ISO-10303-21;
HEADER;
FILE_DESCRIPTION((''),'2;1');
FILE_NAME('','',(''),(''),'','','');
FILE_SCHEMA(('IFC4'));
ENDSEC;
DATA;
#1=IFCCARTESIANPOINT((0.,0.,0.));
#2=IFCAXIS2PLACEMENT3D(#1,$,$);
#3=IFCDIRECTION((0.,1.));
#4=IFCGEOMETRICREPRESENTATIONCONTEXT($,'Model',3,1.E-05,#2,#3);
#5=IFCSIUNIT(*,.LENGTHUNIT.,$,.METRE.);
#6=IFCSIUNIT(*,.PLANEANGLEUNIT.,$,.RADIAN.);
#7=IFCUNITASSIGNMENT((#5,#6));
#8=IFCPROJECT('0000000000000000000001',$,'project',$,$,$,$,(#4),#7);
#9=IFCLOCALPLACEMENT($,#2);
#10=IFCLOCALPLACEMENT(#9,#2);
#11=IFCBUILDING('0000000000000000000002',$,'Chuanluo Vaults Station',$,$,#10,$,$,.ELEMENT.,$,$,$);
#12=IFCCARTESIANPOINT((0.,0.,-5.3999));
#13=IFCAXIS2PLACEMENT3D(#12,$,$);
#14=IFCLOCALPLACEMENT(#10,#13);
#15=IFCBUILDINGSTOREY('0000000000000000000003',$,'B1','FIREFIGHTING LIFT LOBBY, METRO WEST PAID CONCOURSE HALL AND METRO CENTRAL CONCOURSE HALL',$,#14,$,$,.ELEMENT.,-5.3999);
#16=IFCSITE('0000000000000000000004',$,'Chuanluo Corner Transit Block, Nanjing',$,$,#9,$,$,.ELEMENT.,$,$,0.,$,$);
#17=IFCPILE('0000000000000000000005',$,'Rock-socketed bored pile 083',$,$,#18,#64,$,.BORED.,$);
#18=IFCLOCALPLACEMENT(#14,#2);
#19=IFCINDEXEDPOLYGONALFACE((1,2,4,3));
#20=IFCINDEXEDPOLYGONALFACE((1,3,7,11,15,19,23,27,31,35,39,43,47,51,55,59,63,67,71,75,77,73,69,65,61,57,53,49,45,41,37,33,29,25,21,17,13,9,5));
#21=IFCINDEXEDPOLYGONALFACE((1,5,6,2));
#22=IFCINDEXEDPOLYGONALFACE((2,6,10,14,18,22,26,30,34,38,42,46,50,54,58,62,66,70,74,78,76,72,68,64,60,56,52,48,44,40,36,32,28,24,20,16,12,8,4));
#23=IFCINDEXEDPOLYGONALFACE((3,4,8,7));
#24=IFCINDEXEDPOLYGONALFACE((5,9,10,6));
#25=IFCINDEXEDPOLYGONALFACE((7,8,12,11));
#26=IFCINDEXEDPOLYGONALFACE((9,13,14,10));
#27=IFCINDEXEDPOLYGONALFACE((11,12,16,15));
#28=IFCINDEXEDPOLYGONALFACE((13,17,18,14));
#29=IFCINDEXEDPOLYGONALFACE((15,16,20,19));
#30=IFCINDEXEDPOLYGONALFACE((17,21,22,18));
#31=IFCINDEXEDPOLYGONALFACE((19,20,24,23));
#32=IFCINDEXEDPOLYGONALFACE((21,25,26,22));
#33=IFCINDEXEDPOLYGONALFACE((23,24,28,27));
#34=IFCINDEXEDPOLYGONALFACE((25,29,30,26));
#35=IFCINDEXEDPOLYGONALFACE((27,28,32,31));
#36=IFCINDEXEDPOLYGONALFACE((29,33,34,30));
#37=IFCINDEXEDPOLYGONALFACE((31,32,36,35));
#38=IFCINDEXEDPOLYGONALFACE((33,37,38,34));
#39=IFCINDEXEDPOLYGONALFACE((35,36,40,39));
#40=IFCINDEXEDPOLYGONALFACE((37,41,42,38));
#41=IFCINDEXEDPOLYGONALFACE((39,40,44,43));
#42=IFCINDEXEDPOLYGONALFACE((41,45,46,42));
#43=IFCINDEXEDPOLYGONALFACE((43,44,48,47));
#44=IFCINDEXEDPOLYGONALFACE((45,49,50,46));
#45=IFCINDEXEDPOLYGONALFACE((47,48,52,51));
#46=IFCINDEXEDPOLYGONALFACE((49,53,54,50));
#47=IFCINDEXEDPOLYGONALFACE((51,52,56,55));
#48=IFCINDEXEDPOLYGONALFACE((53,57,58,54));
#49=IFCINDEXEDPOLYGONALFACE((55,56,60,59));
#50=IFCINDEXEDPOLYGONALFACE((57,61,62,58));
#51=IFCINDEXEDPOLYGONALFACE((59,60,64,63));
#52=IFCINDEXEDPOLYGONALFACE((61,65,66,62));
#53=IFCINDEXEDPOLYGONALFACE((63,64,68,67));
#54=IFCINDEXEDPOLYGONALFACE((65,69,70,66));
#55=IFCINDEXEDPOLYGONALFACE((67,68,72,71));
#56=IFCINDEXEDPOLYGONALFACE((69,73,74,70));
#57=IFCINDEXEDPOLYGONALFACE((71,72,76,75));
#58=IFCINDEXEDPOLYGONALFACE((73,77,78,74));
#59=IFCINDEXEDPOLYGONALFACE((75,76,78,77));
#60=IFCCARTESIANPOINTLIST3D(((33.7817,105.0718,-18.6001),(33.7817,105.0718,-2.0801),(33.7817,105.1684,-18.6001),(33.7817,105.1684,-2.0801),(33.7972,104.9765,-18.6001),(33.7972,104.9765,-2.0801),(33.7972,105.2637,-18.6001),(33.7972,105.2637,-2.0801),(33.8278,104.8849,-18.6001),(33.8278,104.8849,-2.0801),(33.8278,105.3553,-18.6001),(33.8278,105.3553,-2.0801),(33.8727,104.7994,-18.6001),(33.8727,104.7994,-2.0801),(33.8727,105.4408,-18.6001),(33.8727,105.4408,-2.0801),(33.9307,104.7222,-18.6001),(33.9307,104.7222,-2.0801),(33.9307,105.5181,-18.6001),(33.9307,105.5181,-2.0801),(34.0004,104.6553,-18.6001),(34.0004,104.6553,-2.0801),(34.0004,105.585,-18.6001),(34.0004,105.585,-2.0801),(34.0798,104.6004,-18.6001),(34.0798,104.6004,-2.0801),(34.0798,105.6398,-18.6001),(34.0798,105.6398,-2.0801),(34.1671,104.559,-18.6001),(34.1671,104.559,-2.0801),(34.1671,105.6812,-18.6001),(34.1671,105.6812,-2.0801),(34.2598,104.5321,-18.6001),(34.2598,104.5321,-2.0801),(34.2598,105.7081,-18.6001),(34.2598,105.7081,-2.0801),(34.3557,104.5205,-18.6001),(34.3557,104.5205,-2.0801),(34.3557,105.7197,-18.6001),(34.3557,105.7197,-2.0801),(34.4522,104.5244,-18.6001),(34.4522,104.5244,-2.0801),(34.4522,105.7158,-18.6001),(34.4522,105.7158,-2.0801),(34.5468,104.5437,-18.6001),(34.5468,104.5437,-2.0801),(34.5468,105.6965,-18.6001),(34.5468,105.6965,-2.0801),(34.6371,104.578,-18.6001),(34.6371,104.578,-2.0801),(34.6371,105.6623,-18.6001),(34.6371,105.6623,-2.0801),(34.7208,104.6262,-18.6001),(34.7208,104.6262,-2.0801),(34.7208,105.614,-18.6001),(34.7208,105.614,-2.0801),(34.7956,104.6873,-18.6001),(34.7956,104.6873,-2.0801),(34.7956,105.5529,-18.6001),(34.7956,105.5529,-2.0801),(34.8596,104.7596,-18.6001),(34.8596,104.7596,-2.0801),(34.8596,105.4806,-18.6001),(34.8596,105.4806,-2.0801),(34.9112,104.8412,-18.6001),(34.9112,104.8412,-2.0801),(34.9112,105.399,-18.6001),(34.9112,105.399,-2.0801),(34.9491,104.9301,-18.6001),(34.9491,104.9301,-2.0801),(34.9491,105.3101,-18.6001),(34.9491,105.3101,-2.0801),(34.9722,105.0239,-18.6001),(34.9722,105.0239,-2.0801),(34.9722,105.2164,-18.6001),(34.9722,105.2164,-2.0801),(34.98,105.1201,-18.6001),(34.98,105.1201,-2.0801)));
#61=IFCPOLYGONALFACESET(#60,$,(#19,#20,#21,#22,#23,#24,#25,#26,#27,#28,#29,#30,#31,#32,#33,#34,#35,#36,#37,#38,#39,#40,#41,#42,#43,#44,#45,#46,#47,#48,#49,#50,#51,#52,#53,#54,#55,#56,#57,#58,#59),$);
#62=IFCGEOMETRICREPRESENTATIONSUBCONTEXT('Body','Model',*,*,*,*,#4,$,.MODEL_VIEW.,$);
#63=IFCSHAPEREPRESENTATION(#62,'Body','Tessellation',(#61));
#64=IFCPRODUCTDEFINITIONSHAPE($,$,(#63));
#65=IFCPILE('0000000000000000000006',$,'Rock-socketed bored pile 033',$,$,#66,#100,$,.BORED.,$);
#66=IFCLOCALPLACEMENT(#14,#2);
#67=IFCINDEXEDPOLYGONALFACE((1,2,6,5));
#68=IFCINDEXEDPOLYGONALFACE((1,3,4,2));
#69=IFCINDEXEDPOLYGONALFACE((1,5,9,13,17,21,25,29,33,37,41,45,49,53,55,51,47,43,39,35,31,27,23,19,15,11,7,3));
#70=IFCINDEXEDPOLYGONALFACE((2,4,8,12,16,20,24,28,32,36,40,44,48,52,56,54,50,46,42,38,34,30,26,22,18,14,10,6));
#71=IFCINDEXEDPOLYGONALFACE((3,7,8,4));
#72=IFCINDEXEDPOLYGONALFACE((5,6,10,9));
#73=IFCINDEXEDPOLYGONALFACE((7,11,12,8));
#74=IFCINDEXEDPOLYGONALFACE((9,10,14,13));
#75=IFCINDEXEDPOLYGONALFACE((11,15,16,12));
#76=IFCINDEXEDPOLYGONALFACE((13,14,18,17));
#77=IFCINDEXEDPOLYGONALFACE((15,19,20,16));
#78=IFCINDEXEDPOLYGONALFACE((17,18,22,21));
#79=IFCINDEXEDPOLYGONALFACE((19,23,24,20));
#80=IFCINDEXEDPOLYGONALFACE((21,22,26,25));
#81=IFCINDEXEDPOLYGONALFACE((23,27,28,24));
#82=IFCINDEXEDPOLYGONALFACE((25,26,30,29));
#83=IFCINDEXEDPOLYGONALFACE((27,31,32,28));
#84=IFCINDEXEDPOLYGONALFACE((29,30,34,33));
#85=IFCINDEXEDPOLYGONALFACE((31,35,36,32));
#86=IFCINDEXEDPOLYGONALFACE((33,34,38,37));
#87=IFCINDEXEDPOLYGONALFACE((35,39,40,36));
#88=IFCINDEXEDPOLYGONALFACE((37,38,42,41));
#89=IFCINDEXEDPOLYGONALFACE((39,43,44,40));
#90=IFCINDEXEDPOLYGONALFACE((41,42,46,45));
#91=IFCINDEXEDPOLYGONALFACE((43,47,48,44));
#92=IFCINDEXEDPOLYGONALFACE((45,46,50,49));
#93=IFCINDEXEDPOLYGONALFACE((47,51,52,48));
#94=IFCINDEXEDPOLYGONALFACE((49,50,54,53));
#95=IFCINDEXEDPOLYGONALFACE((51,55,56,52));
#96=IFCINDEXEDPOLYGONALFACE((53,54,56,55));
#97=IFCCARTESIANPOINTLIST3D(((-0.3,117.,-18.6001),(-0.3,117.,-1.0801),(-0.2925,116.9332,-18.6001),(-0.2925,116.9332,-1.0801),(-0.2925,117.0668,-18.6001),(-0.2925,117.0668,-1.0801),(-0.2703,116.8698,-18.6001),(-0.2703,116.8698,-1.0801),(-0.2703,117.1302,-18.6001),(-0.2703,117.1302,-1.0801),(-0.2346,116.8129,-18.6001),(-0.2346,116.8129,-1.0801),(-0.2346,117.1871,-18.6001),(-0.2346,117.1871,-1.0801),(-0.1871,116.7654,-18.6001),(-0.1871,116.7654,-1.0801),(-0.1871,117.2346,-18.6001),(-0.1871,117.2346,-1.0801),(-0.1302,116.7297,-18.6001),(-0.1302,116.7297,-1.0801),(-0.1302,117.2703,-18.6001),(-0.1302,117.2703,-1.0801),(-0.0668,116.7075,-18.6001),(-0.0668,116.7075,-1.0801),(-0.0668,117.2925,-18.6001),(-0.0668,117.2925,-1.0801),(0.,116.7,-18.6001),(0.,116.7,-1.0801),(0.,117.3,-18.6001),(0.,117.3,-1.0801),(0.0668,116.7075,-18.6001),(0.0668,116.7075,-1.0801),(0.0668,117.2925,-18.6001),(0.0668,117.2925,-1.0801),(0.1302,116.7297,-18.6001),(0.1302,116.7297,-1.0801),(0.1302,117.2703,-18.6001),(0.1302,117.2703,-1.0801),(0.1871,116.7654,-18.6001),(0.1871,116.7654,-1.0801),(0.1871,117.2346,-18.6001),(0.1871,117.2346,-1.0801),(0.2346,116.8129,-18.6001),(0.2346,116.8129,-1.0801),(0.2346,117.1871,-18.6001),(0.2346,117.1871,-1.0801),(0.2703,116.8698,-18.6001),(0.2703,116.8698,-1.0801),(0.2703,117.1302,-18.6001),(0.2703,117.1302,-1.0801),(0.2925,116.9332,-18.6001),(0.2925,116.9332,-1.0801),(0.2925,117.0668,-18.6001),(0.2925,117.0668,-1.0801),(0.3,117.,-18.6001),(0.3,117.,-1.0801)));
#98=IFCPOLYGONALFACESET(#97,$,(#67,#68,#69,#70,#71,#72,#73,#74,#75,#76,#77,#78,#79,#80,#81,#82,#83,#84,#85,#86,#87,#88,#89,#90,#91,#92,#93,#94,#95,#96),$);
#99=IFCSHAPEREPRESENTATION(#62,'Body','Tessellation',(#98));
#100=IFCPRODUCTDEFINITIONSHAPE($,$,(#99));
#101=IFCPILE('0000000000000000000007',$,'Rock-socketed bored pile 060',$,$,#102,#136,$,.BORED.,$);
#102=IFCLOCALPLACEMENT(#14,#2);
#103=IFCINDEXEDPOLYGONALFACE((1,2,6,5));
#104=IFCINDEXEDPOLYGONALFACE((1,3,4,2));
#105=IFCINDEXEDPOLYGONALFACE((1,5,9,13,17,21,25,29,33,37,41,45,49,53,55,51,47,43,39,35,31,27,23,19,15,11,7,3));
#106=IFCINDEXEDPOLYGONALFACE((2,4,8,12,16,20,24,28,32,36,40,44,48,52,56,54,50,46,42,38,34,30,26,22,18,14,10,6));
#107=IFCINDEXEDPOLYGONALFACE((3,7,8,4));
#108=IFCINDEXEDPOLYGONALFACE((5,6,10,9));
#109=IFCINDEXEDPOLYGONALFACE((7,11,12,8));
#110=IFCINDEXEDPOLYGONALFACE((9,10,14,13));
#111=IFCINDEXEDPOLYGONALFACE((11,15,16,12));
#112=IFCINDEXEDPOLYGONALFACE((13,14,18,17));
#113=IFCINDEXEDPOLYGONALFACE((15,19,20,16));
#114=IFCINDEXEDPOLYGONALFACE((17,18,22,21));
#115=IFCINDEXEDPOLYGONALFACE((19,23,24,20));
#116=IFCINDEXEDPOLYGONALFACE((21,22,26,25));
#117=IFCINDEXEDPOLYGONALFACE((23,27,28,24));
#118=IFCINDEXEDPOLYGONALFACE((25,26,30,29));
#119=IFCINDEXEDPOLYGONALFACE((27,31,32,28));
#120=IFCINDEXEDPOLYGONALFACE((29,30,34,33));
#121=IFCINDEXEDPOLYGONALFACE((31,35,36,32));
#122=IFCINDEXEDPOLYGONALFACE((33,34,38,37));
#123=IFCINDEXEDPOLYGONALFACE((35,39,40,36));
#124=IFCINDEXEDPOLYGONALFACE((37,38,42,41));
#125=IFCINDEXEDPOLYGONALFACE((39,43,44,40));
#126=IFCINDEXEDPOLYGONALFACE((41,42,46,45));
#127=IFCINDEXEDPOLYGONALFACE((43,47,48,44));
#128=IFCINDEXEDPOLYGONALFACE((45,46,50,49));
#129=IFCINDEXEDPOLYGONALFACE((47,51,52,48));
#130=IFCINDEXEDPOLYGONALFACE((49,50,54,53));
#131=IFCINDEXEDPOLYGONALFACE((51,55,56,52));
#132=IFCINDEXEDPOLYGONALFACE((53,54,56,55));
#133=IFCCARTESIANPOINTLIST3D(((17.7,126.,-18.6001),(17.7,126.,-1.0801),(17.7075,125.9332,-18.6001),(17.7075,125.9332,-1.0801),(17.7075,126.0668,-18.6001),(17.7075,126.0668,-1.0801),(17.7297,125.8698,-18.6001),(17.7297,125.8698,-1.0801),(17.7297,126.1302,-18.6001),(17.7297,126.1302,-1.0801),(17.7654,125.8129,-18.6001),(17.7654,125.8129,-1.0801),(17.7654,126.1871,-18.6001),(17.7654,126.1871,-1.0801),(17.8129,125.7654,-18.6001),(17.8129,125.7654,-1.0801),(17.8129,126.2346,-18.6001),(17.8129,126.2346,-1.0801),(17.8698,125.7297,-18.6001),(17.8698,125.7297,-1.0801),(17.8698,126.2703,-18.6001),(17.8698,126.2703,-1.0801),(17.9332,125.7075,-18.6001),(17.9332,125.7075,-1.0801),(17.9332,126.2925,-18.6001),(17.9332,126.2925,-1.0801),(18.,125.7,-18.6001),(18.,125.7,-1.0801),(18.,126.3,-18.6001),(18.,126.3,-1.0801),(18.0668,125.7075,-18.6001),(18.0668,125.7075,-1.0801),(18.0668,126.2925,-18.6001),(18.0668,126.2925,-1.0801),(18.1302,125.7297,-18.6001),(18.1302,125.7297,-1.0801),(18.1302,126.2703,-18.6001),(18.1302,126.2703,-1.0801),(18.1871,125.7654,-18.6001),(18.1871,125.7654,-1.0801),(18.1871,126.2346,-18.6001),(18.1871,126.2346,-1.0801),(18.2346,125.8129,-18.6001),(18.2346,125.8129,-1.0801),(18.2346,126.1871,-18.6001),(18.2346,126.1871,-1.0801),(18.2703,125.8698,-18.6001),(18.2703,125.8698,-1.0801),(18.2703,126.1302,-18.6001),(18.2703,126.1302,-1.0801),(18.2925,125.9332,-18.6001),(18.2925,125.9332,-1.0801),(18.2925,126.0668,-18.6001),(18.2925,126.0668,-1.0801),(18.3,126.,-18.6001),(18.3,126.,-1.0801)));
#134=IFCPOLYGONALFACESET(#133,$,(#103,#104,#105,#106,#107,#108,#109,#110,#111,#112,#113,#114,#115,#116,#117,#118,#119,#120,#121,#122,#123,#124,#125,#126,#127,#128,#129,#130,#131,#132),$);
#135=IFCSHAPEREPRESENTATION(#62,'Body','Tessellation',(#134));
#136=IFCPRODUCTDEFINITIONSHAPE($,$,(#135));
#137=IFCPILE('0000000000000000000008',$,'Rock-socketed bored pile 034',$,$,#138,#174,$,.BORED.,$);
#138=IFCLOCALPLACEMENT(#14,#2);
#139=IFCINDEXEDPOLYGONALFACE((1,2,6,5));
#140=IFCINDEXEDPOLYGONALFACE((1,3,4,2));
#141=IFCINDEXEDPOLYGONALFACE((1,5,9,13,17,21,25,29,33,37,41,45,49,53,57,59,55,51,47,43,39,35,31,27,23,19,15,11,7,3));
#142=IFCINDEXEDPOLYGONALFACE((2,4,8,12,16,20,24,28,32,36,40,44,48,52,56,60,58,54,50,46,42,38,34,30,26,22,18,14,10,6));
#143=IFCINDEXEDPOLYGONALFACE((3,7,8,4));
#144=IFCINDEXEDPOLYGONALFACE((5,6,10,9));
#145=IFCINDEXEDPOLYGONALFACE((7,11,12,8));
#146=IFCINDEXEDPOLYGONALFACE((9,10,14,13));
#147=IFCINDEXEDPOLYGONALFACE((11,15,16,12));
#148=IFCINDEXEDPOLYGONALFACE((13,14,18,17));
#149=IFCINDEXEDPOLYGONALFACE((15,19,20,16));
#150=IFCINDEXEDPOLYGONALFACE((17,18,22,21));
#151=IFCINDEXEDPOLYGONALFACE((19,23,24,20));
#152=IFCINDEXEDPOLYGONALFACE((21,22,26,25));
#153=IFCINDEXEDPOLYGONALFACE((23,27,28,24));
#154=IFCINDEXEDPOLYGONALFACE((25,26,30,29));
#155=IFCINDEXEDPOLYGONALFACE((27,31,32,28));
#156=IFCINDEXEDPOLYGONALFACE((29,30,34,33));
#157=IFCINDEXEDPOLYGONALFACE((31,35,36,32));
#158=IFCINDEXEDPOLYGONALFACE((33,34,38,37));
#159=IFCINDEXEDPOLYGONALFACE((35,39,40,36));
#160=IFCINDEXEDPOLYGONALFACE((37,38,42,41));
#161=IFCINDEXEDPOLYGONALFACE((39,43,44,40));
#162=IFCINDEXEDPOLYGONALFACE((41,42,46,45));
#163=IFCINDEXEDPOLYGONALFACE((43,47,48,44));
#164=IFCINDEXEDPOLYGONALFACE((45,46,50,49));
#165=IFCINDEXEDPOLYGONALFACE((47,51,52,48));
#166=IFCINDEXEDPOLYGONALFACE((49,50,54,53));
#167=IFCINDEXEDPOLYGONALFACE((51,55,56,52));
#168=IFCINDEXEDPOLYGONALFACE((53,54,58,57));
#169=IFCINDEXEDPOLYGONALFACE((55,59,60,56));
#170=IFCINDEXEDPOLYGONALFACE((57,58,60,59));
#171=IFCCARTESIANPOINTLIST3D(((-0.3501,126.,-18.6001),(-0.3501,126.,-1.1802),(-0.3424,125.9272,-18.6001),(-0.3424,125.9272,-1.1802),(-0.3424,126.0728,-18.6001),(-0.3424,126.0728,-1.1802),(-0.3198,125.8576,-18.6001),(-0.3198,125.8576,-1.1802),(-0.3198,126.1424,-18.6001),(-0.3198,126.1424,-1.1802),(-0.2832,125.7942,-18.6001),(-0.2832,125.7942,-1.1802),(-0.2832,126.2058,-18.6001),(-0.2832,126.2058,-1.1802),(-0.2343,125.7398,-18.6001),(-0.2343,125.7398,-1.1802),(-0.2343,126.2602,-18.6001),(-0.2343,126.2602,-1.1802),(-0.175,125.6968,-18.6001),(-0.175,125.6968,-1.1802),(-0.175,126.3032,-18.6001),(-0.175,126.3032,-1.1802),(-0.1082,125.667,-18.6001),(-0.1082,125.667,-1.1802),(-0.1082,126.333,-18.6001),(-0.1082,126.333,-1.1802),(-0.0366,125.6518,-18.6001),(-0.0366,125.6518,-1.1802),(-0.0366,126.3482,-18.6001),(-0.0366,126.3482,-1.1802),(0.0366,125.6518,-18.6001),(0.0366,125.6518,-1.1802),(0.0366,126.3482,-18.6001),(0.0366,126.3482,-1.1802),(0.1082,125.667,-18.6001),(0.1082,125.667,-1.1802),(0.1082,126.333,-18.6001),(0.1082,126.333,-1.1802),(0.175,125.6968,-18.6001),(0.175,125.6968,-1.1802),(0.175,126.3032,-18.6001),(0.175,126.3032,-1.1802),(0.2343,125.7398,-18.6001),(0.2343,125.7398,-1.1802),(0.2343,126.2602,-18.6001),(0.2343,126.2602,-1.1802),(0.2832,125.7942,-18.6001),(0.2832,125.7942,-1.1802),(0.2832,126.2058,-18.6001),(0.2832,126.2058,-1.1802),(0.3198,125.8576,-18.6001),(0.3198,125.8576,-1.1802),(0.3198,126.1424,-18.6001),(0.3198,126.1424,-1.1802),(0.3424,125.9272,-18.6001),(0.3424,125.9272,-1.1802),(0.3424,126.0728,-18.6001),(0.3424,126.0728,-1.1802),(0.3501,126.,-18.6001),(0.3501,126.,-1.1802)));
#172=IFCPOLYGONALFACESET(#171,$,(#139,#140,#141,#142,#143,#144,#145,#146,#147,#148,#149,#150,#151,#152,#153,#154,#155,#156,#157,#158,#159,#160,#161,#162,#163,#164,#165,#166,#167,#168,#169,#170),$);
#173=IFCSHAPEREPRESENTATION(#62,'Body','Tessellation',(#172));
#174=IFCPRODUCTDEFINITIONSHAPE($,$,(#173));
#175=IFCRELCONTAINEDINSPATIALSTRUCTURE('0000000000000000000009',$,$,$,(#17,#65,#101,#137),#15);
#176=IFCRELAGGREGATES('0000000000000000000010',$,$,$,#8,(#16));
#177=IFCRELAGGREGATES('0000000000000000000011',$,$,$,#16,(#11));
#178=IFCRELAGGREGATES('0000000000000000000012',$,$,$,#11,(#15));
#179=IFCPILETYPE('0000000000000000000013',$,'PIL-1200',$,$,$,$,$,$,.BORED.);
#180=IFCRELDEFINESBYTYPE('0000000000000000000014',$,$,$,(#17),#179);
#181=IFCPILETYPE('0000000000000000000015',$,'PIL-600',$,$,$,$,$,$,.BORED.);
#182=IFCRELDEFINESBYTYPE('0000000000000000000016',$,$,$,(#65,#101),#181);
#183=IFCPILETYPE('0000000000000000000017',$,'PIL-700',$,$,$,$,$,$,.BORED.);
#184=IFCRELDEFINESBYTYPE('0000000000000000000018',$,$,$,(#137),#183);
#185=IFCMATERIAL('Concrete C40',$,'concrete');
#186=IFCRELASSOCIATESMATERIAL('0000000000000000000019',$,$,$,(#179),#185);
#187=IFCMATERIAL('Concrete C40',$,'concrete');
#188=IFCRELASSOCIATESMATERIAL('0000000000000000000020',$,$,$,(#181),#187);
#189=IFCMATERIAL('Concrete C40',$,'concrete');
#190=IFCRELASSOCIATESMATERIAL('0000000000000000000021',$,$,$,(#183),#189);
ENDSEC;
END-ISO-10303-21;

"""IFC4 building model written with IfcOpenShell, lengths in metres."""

from ifc_helpers import new_model, si_unit, direction, frame, origin, origin_2d, place, context, subcontext, project, spatial, circle, extrude, material, material_profile, profile_set, type_object, element, save


model = new_model("IFC4")

# Units and contexts
model_context = context("Model", 3, precision=1e-05, world=origin(), true_north=direction((0.0, 1.0)))
body_context = subcontext(model_context, "Body", "Model", "MODEL_VIEW")
ifc_project = project(units=[si_unit("LENGTHUNIT", "METRE"), si_unit("PLANEANGLEUNIT", "RADIAN")], contexts=[model_context])

# Site, building, storey
site_placement = place(None, origin())
site = spatial("IfcSite", under=ifc_project, at=site_placement, Name="Chuanluo Corner Transit Block, Nanjing", CompositionType="ELEMENT", RefElevation=0.0)
building_placement = place(site_placement, origin())
building = spatial("IfcBuilding", under=site, at=building_placement, Name="Chuanluo Vaults Station", CompositionType="ELEMENT")
storey_placement = place(building_placement, frame((0.0, 0.0, -5.3999)))
storey = spatial("IfcBuildingStorey", under=building, at=storey_placement, Name="B1", Description="FIREFIGHTING LIFT LOBBY, METRO WEST PAID CONCOURSE HALL AND METRO CENTRAL CONCOURSE HALL", CompositionType="ELEMENT", Elevation=-5.3999)

# Piles
ifc_material_1 = material(Name="Concrete C40", Category="concrete")
ifc_material_profile_1 = material_profile(ifc_material_1, circle(Radius=0.6001, at=origin_2d()))
ifc_profile_set_1 = profile_set([ifc_material_profile_1], Name="Concrete C40")
pile_type_1 = type_object("IfcPileType", Name="PIL-1200", PredefinedType="BORED", material=ifc_profile_set_1)
for number, where, z_axis, x_axis, name in (
    (1, (34.3799, 105.1201, -2.0801), (0.0, 0.0, -1.0), (1.0, 0.0, 0.0), "Rock-socketed bored pile 083"),
):
    element("IfcPile", number, at=place(storey_placement, frame(where, z_axis=z_axis, x_axis=x_axis)), inside=storey, type_object=pile_type_1, Name=name, PredefinedType="BORED", context=body_context, shape_type="SweptSolid", body=[
        extrude(circle(Radius=0.6001, at=origin_2d()), origin(), (0.0, 0.0, 1.0), 16.52),
    ])
ifc_material_2 = material(Name="Concrete C40", Category="concrete")
ifc_material_profile_2 = material_profile(ifc_material_2, circle(Radius=0.3, at=origin_2d()))
ifc_profile_set_2 = profile_set([ifc_material_profile_2], Name="Concrete C40")
pile_type_2 = type_object("IfcPileType", Name="PIL-600", PredefinedType="BORED", material=ifc_profile_set_2)
for number, where, z_axis, x_axis, name in (
    (2, (0.0, 117.0, -1.0801), (0.0, 0.0, -1.0), (1.0, 0.0, 0.0), "Rock-socketed bored pile 033"),
    (3, (18.0, 126.0, -1.0801), (0.0, 0.0, -1.0), (1.0, 0.0, 0.0), "Rock-socketed bored pile 060"),
):
    element("IfcPile", number, at=place(storey_placement, frame(where, z_axis=z_axis, x_axis=x_axis)), inside=storey, type_object=pile_type_2, Name=name, PredefinedType="BORED", context=body_context, shape_type="SweptSolid", body=[
        extrude(circle(Radius=0.3, at=origin_2d()), origin(), (0.0, 0.0, 1.0), 17.52),
    ])
ifc_material_3 = material(Name="Concrete C40", Category="concrete")
ifc_material_profile_3 = material_profile(ifc_material_3, circle(Radius=0.3501, at=origin_2d()))
ifc_profile_set_3 = profile_set([ifc_material_profile_3], Name="Concrete C40")
pile_type_3 = type_object("IfcPileType", Name="PIL-700", PredefinedType="BORED", material=ifc_profile_set_3)
for number, where, z_axis, x_axis, name in (
    (4, (0.0, 126.0, -1.1802), (0.0, 0.0, -1.0), (1.0, 0.0, 0.0), "Rock-socketed bored pile 034"),
):
    element("IfcPile", number, at=place(storey_placement, frame(where, z_axis=z_axis, x_axis=x_axis)), inside=storey, type_object=pile_type_3, Name=name, PredefinedType="BORED", context=body_context, shape_type="SweptSolid", body=[
        extrude(circle(Radius=0.3501, at=origin_2d()), origin(), (0.0, 0.0, 1.0), 17.4199),
    ])

save(model, "model.ifc")
